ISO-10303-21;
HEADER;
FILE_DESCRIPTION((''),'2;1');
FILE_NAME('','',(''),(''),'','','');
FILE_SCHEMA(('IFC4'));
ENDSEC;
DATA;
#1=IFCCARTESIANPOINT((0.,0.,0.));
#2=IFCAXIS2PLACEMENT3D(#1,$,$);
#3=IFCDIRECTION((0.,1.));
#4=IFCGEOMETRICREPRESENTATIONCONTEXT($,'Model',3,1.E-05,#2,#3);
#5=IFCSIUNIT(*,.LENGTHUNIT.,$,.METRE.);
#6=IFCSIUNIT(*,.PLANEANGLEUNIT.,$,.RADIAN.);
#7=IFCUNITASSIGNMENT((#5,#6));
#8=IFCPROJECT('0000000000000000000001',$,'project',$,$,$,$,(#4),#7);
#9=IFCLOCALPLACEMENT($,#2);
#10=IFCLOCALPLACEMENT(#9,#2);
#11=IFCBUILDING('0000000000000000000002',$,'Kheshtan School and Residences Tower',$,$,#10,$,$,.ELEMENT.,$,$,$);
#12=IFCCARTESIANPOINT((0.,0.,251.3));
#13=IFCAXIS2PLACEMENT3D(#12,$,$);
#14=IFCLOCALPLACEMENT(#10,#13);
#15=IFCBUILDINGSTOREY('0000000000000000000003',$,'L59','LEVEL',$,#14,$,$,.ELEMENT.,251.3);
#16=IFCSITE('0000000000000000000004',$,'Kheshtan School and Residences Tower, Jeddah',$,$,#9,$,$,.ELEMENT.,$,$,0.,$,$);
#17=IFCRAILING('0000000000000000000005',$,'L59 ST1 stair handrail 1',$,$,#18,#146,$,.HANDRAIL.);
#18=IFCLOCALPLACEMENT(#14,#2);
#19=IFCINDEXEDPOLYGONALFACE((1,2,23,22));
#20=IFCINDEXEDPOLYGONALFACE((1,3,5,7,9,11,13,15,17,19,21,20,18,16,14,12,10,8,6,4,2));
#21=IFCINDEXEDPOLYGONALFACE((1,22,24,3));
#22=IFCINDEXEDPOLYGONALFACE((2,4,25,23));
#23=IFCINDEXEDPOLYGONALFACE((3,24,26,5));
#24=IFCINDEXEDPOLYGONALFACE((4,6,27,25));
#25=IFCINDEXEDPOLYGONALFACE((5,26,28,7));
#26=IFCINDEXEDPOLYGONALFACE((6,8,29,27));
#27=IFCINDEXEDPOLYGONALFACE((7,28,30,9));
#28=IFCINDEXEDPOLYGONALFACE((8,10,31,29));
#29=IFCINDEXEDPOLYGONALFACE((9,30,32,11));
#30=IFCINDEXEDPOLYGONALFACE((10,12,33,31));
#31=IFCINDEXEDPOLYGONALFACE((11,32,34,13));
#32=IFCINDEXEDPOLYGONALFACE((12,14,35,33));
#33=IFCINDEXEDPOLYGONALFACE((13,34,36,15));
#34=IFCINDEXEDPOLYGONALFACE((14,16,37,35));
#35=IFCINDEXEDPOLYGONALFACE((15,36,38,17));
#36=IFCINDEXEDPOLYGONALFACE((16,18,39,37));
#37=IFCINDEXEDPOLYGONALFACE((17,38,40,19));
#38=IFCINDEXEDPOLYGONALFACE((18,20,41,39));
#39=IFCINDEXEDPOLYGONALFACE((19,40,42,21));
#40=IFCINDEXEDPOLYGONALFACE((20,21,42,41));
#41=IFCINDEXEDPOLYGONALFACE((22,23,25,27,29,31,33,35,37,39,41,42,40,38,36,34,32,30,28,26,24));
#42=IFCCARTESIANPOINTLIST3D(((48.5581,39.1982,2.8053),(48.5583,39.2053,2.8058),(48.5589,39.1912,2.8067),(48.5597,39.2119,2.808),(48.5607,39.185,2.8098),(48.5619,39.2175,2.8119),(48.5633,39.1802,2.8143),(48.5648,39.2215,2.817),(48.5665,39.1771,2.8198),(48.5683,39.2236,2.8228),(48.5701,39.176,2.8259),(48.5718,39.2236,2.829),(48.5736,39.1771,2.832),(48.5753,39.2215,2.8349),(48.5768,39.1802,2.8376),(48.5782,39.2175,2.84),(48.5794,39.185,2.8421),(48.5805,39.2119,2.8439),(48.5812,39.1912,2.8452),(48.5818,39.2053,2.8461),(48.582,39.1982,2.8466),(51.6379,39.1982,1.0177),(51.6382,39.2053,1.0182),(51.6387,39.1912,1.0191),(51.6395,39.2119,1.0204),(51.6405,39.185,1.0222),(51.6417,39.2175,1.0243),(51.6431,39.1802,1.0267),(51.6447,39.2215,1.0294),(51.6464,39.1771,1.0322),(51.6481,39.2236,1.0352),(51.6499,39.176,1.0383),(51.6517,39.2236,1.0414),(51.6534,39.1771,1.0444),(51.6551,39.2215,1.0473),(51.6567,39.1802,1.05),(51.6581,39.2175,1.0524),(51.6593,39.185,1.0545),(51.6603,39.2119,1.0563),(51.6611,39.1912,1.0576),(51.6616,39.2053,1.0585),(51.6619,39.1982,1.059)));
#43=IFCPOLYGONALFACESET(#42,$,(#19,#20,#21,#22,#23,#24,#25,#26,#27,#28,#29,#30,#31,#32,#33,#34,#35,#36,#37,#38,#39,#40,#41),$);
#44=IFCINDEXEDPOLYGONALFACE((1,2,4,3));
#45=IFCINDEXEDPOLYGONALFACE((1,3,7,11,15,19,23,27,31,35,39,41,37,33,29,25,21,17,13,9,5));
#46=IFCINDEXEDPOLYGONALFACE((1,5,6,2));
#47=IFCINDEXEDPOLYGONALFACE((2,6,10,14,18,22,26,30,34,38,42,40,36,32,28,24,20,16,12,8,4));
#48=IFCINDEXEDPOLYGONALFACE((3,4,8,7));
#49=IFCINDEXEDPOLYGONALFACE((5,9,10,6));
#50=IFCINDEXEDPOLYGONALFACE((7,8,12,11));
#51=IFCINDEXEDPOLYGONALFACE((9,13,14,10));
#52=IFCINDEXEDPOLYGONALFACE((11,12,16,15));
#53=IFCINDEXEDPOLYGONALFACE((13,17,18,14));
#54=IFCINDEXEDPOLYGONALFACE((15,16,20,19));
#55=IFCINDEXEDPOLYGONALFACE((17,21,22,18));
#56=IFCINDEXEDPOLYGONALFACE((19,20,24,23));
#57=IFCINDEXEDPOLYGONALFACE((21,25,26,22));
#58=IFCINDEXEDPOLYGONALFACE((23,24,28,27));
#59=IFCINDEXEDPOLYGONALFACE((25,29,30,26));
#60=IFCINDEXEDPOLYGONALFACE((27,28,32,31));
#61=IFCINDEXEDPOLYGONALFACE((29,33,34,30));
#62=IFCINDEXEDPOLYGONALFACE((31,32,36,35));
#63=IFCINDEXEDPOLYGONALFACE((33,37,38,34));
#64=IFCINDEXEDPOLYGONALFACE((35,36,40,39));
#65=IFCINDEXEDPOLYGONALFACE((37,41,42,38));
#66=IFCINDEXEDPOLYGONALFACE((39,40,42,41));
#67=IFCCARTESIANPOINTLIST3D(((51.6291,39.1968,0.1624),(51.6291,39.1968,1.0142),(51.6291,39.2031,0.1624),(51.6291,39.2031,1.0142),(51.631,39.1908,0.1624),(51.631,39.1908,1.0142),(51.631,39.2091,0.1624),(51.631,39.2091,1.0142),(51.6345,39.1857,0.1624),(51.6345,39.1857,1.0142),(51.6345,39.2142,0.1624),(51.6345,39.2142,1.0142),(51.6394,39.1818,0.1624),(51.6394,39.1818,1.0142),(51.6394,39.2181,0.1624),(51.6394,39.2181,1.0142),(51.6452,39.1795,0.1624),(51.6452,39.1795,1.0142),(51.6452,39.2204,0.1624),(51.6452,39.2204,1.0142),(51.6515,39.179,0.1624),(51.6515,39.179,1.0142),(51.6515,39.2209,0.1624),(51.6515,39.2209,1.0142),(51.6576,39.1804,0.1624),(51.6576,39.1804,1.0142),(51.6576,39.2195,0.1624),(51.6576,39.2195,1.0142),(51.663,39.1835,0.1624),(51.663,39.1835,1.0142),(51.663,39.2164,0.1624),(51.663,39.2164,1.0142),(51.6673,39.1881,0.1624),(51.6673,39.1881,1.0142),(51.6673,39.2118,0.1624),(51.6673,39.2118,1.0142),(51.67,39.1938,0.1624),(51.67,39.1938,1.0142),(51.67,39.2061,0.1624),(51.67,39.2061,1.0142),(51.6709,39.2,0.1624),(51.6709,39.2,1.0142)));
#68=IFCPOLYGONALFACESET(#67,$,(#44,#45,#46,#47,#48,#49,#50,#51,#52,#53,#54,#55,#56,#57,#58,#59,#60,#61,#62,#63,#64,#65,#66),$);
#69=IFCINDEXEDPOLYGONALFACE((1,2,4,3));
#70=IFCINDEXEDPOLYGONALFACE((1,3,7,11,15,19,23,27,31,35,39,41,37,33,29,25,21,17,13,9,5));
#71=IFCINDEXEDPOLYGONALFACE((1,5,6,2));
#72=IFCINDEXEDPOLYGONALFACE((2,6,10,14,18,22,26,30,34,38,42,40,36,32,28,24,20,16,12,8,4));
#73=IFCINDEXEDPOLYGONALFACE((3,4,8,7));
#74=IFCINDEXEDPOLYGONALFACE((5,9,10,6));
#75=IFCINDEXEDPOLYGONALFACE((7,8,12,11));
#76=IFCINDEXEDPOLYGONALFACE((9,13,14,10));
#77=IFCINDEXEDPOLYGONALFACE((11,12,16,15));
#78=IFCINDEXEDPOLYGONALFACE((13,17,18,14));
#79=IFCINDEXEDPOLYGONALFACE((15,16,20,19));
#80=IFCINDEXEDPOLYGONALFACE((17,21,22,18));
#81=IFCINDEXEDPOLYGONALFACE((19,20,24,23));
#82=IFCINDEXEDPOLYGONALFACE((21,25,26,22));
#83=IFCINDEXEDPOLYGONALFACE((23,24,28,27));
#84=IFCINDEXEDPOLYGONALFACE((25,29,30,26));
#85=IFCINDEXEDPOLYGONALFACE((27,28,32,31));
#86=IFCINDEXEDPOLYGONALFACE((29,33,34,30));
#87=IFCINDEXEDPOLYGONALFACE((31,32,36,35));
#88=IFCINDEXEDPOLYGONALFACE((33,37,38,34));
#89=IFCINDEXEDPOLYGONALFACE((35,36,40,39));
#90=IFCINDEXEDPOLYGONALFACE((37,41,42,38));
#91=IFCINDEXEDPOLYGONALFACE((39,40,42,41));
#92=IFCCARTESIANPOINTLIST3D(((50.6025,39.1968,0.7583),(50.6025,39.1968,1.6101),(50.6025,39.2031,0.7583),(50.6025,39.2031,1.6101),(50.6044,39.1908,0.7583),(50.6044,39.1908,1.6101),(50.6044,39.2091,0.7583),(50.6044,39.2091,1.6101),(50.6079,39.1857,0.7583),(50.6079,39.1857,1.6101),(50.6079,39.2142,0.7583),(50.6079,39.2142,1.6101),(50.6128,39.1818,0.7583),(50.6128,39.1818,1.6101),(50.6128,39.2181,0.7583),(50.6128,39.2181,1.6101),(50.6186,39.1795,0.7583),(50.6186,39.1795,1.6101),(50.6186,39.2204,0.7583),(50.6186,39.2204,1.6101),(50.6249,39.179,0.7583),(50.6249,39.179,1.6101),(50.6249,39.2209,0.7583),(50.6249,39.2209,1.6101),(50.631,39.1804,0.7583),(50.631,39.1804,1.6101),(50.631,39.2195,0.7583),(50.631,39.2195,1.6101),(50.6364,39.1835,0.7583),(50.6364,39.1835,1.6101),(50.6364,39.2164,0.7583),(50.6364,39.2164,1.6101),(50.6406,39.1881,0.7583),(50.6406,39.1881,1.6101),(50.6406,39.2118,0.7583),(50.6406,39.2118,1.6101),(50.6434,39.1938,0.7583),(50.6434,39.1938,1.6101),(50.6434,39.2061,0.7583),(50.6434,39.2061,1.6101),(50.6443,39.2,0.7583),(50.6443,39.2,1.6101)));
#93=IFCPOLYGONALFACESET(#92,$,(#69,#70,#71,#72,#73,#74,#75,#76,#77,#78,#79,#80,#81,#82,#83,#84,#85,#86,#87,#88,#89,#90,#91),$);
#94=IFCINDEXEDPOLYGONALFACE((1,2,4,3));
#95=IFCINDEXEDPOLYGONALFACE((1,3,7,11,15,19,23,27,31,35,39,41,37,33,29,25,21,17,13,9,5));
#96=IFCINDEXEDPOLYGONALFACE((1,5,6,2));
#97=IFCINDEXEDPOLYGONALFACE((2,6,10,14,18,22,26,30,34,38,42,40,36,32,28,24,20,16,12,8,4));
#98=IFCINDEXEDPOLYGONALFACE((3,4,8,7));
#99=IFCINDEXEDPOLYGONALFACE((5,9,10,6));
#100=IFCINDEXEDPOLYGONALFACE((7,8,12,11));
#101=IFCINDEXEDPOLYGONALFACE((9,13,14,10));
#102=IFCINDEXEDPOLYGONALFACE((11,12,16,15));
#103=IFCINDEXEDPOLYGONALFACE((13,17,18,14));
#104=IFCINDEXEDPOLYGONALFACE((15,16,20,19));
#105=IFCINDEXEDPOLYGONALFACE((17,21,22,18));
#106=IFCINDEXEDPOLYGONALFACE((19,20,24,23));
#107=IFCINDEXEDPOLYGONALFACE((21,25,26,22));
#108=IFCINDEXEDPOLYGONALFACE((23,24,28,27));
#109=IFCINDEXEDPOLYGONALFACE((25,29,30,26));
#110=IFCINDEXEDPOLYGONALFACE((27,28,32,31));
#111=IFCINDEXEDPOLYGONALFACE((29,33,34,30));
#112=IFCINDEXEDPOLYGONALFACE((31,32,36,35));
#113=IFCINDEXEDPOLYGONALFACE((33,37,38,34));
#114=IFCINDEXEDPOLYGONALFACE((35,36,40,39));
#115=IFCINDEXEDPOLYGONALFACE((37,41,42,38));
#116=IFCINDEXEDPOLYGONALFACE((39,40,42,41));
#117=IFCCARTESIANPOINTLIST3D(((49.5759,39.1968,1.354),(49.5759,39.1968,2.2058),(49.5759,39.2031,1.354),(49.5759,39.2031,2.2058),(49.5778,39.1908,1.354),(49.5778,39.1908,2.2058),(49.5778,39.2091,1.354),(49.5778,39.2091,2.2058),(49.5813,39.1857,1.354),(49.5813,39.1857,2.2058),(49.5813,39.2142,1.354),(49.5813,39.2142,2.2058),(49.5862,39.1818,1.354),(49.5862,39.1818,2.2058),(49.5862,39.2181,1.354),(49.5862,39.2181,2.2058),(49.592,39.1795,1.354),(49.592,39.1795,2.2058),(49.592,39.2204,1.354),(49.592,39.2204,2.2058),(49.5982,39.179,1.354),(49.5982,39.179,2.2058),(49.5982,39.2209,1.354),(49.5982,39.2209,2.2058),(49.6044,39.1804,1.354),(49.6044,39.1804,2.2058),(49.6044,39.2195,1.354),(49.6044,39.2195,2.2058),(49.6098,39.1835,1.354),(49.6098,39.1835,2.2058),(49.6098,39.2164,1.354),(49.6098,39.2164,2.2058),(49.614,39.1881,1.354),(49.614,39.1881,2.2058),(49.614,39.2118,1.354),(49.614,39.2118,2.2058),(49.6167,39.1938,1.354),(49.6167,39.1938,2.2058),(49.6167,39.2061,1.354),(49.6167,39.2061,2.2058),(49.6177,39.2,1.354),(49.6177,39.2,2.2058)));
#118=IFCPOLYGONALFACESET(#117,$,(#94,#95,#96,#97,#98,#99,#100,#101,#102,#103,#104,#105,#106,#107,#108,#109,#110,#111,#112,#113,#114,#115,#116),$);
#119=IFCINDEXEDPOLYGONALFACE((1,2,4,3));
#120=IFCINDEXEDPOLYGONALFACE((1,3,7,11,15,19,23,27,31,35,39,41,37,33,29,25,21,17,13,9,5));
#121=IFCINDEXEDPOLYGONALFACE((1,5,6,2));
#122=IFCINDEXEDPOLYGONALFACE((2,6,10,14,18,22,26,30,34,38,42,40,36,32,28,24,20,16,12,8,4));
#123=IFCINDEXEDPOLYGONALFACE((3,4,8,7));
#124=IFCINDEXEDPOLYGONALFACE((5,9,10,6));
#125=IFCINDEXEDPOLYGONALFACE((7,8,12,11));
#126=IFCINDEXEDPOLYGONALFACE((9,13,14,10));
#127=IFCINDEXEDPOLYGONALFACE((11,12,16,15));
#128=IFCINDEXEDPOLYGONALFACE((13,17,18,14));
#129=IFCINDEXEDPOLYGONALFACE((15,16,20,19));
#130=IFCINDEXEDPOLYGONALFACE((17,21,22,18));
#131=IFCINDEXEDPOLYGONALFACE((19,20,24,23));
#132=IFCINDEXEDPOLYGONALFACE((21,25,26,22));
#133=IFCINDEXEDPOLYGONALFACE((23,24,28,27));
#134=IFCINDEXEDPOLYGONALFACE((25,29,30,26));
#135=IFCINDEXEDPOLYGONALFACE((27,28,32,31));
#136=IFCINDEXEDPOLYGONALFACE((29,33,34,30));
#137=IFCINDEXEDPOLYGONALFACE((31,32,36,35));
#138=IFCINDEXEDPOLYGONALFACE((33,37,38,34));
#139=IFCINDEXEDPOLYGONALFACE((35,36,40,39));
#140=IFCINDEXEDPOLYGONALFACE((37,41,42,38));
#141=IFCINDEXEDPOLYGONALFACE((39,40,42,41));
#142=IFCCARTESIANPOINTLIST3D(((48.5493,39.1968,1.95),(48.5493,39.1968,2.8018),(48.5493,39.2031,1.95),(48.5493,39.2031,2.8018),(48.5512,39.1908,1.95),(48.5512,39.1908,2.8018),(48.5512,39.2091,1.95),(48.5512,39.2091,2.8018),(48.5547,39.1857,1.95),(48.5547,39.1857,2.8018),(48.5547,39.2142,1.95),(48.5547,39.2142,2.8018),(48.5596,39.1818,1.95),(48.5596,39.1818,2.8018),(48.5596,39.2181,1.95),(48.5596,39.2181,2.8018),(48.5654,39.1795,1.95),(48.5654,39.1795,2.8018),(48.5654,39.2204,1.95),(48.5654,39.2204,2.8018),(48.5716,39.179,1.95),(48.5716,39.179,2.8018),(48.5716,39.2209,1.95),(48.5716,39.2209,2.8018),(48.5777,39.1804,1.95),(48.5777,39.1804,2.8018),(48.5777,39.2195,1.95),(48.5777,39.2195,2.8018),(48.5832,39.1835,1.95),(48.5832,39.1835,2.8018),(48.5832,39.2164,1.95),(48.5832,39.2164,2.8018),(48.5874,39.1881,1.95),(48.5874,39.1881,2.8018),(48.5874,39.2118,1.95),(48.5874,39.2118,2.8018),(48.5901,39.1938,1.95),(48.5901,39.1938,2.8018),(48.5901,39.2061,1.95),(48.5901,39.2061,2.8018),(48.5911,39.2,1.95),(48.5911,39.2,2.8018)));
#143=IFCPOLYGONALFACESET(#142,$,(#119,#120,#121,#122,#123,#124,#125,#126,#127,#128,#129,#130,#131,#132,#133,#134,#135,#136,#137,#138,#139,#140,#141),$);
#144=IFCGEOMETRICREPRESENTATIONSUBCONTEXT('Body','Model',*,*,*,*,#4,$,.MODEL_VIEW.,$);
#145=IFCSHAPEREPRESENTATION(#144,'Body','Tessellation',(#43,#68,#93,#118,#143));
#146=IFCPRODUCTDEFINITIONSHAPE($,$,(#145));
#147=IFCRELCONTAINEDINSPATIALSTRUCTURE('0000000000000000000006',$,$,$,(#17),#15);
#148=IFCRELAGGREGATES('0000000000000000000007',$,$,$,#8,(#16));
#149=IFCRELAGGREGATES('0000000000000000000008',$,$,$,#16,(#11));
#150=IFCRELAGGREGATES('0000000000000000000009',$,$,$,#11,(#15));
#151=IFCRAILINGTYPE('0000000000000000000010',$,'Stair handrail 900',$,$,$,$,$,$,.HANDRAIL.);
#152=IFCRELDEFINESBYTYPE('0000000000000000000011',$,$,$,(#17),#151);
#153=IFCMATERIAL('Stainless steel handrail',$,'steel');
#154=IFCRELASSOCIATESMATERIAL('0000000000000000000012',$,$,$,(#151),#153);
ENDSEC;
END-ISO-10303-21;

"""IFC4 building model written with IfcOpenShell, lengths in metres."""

from ifc_helpers import new_model, si_unit, direction, frame, origin, origin_2d, place, context, subcontext, project, spatial, circle, extrude, material, type_object, element, save


model = new_model("IFC4")

# Units and contexts
model_context = context("Model", 3, precision=1e-05, world=origin(), true_north=direction((0.0, 1.0)))
body_context = subcontext(model_context, "Body", "Model", "MODEL_VIEW")
ifc_project = project(units=[si_unit("LENGTHUNIT", "METRE"), si_unit("PLANEANGLEUNIT", "RADIAN")], contexts=[model_context])

# Site, building, storey
site_placement = place(None, origin())
site = spatial("IfcSite", under=ifc_project, at=site_placement, Name="Kheshtan School and Residences Tower, Jeddah", CompositionType="ELEMENT", RefElevation=0.0)
building_placement = place(site_placement, origin())
building = spatial("IfcBuilding", under=site, at=building_placement, Name="Kheshtan School and Residences Tower", CompositionType="ELEMENT")
storey_placement = place(building_placement, frame((0.0, 0.0, 251.3)))
storey = spatial("IfcBuildingStorey", under=building, at=storey_placement, Name="L59", Description="LEVEL", CompositionType="ELEMENT", Elevation=251.3)

# Railing
ifc_material_1 = material(Name="Stainless steel handrail", Category="steel")
railing_type_1 = type_object("IfcRailingType", Name="Stair handrail 900", PredefinedType="HANDRAIL", material=ifc_material_1)
railing_1_placement = place(storey_placement, frame((51.6499, 39.2, 0.1624)))
element("IfcRailing", 1, at=railing_1_placement, inside=storey, type_object=railing_type_1, Name="L59 ST1 stair handrail 1", PredefinedType="HANDRAIL", context=body_context, shape_type="SweptSolid", body=[
    extrude(circle(Radius=0.0239, at=origin_2d()), frame((0.0, 0.0, 0.876), z_axis=(-0.864873, 0.0, 0.50199), x_axis=(0.0, -1.0, 0.0)), (0.0, 0.0, 1.0), 3.561),
    extrude(circle(Radius=0.021, at=origin_2d()), origin(), (0.0, 0.0, 1.0), 0.8518),
    extrude(circle(Radius=0.021, at=origin_2d()), frame((-1.0266, 0.0, 0.5959)), (0.0, 0.0, 1.0), 0.8518),
    extrude(circle(Radius=0.021, at=origin_2d()), frame((-2.0532, 0.0, 1.1917)), (0.0, 0.0, 1.0), 0.8518),
    extrude(circle(Radius=0.021, at=origin_2d()), frame((-3.0798, 0.0, 1.7876)), (0.0, 0.0, 1.0), 0.8518),
])

save(model, "model.ifc")
